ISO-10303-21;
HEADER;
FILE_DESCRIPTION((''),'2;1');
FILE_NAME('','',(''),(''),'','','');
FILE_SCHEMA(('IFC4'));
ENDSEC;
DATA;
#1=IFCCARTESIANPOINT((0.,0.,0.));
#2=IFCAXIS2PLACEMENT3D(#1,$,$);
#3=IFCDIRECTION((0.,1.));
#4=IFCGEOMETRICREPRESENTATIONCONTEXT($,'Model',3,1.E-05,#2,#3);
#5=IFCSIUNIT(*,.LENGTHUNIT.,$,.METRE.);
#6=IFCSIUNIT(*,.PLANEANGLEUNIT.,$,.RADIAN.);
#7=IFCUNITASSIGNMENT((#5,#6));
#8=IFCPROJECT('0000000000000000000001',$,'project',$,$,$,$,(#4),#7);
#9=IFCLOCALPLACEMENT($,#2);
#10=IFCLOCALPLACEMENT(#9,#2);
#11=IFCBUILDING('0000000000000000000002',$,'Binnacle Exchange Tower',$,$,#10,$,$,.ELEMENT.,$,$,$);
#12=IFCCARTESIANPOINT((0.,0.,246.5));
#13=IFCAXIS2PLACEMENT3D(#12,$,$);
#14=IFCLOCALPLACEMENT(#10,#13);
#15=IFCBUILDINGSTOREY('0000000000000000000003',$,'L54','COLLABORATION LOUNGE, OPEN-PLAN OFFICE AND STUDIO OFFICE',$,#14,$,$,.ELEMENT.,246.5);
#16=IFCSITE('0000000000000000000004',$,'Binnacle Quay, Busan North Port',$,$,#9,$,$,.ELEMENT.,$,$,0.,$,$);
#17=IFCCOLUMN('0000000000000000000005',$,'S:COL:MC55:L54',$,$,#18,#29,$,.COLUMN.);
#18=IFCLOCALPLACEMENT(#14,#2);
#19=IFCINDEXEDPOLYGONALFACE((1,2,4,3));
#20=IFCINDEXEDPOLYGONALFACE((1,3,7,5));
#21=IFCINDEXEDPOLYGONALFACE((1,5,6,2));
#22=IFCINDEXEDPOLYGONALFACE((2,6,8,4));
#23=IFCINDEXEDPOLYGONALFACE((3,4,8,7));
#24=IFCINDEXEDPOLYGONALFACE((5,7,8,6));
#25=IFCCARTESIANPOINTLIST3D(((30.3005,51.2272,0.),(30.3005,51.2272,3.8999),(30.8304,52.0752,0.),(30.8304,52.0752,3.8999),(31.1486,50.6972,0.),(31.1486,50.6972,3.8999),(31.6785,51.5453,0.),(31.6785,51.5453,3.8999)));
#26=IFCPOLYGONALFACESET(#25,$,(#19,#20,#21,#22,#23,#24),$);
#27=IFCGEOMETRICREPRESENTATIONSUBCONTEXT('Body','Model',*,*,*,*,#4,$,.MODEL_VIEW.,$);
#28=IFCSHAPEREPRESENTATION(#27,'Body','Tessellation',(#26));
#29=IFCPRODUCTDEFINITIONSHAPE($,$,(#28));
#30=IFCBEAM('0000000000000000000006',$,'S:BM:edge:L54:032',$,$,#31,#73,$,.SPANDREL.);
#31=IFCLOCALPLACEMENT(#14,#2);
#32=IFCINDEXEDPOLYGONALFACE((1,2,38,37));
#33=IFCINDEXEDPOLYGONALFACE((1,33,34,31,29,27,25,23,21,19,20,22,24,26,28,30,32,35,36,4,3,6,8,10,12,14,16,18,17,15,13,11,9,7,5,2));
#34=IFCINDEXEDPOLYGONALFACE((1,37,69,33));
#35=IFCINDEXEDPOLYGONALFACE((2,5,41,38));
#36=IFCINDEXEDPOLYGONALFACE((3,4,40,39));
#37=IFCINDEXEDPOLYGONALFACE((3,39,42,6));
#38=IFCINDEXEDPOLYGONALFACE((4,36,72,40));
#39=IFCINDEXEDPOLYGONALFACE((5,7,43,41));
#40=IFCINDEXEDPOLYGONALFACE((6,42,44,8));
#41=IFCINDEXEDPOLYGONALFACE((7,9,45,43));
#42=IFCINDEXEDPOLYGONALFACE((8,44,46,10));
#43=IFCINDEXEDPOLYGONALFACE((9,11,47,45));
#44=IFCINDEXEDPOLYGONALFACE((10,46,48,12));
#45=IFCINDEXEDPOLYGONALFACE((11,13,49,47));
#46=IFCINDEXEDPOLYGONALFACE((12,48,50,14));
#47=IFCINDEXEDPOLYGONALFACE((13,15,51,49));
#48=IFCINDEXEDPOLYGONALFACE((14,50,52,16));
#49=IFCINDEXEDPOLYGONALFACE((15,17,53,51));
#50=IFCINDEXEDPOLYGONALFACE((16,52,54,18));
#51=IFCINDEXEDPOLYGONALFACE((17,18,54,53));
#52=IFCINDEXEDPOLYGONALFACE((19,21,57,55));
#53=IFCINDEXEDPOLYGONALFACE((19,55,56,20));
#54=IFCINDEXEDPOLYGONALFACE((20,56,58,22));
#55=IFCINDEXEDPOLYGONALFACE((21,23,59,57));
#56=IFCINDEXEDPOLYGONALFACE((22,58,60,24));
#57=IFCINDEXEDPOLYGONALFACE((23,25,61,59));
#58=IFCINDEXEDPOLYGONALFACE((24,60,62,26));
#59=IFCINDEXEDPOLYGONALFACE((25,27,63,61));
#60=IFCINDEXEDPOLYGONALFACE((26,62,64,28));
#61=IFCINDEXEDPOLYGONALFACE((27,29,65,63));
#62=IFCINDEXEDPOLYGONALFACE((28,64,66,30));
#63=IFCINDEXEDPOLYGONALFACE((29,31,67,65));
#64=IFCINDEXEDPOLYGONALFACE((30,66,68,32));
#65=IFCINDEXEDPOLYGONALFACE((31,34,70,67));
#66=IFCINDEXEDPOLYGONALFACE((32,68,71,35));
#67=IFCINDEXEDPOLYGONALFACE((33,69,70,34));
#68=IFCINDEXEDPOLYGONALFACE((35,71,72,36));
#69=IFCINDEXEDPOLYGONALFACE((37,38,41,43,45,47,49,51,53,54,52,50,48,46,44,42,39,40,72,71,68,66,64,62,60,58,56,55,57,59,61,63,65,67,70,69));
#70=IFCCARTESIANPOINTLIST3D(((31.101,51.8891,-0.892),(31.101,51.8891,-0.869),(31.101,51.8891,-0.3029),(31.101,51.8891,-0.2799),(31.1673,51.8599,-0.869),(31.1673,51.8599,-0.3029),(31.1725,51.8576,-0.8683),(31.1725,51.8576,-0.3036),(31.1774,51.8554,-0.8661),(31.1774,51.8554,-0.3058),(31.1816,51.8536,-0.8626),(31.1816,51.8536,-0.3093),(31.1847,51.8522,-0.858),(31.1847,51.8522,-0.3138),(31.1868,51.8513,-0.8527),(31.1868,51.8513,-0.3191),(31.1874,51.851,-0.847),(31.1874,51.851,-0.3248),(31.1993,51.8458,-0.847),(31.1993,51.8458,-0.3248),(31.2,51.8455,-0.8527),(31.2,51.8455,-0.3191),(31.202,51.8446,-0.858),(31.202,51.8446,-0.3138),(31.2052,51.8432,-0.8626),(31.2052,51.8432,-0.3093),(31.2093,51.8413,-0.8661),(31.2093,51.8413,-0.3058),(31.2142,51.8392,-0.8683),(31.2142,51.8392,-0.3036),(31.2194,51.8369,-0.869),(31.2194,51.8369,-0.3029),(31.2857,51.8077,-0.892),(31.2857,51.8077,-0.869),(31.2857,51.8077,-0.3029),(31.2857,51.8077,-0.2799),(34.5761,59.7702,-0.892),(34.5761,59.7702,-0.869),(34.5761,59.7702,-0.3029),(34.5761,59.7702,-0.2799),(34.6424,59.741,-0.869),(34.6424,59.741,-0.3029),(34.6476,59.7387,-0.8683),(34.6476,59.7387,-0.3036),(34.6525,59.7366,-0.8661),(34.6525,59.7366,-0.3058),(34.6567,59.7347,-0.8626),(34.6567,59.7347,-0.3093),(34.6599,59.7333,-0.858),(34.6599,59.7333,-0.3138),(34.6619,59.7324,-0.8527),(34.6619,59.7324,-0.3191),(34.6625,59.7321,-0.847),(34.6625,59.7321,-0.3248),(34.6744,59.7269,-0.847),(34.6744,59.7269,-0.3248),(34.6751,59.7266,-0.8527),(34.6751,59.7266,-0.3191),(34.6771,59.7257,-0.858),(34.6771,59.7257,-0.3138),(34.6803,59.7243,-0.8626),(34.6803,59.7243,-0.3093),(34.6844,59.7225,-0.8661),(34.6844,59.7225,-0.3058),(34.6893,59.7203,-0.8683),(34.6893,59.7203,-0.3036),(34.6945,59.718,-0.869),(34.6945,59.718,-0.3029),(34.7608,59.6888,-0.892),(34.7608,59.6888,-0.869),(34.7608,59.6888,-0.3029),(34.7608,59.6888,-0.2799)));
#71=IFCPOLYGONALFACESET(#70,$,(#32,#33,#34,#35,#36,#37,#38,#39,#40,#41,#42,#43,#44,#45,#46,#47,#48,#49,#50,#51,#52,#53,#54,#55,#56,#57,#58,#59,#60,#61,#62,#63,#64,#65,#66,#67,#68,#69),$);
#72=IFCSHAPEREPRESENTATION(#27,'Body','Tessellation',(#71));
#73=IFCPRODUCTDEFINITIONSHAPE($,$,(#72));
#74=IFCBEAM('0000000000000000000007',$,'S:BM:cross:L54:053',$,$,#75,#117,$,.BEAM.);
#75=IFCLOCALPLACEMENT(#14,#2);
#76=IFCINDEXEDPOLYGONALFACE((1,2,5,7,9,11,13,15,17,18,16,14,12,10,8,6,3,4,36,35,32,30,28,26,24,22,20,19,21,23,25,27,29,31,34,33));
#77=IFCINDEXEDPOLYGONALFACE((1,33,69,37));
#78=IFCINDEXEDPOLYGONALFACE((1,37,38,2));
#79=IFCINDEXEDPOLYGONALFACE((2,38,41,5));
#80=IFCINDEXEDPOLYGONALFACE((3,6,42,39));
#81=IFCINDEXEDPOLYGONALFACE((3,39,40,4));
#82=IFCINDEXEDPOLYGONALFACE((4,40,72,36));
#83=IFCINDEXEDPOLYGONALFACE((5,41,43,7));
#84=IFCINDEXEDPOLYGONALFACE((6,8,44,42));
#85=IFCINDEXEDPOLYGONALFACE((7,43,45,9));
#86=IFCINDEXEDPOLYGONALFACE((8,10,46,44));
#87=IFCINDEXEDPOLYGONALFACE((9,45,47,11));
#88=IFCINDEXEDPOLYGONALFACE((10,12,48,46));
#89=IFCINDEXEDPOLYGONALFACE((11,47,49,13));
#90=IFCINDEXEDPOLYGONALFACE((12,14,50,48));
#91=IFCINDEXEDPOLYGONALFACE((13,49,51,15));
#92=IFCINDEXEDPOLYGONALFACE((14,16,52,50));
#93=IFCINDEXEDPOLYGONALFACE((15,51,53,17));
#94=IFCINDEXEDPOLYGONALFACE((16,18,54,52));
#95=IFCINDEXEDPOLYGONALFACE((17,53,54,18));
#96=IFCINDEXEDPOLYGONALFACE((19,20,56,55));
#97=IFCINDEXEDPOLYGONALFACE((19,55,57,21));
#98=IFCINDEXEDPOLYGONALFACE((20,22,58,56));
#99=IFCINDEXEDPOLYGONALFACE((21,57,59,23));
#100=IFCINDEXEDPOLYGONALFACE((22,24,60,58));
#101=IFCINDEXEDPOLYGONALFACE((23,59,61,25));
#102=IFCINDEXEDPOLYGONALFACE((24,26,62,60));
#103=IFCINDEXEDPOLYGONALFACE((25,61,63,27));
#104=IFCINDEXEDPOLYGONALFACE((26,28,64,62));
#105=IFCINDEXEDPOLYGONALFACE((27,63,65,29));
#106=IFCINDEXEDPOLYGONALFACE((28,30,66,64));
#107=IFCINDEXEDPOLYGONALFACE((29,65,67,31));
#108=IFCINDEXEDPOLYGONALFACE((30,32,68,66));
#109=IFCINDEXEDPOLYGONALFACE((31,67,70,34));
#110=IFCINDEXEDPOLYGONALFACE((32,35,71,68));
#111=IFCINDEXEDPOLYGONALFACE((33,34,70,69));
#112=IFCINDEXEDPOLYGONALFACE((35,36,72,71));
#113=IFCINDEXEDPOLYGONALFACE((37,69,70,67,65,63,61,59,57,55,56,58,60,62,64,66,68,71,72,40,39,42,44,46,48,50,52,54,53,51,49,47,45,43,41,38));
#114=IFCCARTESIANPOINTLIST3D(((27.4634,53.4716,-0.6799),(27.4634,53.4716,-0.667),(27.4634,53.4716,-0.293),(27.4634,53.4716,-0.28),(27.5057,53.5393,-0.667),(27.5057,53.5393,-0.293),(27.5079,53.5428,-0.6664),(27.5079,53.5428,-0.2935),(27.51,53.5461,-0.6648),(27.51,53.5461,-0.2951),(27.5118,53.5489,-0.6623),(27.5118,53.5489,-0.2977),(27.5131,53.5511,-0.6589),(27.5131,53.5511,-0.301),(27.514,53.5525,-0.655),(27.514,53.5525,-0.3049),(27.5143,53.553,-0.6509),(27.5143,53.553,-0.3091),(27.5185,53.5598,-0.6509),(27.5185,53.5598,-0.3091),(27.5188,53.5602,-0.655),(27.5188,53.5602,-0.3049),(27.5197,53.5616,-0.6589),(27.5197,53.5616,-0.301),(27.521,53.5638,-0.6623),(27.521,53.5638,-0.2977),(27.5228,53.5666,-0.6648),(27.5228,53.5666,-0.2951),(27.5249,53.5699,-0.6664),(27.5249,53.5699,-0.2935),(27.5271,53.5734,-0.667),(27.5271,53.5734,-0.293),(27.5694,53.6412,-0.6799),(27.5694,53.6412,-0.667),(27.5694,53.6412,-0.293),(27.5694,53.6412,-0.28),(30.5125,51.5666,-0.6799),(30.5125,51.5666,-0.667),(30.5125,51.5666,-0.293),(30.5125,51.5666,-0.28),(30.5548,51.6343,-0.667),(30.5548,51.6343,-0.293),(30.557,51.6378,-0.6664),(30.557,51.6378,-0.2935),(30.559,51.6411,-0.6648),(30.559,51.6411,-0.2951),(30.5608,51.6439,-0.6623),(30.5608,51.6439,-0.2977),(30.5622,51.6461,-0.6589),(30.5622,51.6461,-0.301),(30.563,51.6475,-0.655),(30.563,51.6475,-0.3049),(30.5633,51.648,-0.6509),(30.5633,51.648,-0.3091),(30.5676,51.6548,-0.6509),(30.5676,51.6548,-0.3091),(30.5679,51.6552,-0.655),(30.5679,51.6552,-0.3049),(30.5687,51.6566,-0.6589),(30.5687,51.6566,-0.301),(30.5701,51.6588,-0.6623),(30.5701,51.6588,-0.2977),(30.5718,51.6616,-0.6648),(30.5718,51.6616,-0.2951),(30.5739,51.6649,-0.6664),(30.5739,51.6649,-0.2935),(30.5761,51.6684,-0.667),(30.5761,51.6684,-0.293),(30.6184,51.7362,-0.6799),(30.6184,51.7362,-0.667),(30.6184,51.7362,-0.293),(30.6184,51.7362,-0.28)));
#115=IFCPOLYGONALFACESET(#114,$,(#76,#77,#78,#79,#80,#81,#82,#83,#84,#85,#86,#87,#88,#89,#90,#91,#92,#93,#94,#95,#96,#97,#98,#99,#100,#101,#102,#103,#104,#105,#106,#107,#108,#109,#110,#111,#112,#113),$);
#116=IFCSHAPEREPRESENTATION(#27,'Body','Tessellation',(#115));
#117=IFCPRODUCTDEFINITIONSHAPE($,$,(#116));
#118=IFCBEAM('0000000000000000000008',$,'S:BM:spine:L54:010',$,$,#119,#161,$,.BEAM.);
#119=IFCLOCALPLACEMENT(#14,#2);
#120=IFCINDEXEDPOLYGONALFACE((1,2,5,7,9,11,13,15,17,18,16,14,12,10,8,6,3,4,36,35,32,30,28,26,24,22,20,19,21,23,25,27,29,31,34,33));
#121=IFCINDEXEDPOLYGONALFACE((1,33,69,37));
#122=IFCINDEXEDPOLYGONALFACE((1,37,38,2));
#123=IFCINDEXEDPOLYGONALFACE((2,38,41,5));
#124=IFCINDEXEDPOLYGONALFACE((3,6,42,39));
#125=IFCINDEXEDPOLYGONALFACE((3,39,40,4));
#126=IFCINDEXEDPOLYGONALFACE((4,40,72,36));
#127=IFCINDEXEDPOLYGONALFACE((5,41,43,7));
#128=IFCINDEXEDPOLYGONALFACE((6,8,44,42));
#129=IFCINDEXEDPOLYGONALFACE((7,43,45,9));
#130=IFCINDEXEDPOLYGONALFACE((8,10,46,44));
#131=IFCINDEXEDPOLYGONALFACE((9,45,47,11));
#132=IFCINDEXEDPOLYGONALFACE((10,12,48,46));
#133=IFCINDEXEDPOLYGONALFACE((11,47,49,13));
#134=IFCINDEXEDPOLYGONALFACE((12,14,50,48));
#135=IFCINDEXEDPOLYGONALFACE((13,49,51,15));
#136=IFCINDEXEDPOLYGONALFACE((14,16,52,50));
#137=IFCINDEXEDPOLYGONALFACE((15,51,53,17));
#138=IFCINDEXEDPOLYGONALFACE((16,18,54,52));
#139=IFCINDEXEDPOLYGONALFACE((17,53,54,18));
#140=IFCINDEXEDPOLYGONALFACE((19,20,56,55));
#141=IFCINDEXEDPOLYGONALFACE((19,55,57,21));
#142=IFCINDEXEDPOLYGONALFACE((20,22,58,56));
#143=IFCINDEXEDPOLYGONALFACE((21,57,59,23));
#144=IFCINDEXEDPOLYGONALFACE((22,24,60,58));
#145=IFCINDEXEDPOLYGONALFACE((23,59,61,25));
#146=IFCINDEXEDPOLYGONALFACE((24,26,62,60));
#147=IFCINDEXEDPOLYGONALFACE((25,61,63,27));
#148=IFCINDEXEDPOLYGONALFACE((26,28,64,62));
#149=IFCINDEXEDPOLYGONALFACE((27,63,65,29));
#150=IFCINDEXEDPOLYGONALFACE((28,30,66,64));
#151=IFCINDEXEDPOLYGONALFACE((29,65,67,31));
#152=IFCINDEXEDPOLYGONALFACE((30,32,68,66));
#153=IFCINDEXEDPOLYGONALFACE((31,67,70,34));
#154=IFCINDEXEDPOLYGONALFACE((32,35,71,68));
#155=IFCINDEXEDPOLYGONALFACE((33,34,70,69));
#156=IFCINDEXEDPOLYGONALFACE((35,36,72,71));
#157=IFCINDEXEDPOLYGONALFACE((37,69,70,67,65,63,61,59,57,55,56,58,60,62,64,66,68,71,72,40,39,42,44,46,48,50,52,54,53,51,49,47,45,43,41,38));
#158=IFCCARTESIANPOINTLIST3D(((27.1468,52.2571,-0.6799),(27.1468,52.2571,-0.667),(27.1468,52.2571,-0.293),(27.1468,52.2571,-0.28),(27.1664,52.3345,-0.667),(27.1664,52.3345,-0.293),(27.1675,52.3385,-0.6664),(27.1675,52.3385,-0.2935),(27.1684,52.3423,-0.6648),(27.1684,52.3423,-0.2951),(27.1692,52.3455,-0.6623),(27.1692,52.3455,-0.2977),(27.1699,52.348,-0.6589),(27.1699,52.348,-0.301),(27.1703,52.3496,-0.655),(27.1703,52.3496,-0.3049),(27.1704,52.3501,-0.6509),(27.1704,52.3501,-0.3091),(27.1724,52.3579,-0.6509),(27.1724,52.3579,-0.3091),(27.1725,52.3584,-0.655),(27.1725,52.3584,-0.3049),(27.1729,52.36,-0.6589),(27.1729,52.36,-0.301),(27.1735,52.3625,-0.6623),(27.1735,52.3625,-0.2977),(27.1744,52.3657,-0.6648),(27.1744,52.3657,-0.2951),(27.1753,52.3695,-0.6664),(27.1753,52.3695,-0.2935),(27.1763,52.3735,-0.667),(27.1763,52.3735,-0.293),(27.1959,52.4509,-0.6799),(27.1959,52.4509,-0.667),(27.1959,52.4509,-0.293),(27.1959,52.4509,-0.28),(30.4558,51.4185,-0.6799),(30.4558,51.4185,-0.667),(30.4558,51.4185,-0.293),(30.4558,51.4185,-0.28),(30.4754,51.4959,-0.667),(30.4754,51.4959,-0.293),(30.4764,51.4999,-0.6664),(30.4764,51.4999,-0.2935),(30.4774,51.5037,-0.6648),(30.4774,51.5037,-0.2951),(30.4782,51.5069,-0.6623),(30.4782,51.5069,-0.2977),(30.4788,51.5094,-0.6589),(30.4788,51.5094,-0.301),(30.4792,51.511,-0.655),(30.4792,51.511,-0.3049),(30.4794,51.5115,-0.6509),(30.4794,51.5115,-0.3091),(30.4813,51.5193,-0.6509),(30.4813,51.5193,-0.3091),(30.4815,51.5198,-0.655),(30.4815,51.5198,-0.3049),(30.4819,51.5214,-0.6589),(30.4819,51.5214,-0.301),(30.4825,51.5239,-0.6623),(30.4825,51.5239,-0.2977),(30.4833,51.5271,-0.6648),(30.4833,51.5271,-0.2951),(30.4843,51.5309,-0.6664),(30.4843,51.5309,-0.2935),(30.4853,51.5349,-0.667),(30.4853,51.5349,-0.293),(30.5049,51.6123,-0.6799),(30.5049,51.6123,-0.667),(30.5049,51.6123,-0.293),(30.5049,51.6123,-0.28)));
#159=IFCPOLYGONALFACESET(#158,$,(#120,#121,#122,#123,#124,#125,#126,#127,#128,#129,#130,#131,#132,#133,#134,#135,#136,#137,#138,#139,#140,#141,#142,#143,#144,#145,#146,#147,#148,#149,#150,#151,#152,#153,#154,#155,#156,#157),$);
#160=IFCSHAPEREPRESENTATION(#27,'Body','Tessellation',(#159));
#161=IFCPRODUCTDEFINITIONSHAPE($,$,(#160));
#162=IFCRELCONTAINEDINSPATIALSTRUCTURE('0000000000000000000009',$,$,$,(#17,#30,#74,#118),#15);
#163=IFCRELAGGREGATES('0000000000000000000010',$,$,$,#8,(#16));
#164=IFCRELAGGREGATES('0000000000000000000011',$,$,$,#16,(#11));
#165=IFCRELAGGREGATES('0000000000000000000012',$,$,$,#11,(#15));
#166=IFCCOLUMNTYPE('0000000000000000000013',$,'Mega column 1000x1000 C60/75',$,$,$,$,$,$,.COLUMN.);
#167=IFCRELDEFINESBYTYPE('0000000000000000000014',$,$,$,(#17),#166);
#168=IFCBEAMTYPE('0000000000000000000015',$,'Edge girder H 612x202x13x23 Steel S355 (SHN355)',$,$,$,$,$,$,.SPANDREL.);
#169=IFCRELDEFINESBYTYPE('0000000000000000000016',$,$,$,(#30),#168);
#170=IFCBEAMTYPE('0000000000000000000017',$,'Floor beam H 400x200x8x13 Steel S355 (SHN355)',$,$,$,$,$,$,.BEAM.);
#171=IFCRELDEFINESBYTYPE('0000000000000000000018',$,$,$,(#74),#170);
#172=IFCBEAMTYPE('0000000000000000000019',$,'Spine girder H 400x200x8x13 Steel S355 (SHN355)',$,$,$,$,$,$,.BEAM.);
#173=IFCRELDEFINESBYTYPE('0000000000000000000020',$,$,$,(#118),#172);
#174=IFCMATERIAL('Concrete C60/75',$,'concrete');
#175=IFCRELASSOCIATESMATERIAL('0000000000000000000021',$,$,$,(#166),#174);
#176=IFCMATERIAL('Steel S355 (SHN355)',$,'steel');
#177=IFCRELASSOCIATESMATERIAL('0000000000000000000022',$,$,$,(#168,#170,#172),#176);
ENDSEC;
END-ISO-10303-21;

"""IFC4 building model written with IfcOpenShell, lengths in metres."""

from ifc_helpers import new_model, si_unit, direction, frame, origin, origin_2d, place, context, subcontext, project, spatial, rectangle, i_section, extrude, material, material_profile, profile_set, type_object, element, save


model = new_model("IFC4")

# Units and contexts
model_context = context("Model", 3, precision=1e-05, world=origin(), true_north=direction((0.0, 1.0)))
body_context = subcontext(model_context, "Body", "Model", "MODEL_VIEW")
ifc_project = project(units=[si_unit("LENGTHUNIT", "METRE"), si_unit("PLANEANGLEUNIT", "RADIAN")], contexts=[model_context])

# Site, building, storey
site_placement = place(None, origin())
site = spatial("IfcSite", under=ifc_project, at=site_placement, Name="Binnacle Quay, Busan North Port", CompositionType="ELEMENT", RefElevation=0.0)
building_placement = place(site_placement, origin())
building = spatial("IfcBuilding", under=site, at=building_placement, Name="Binnacle Exchange Tower", CompositionType="ELEMENT")
storey_placement = place(building_placement, frame((0.0, 0.0, 246.5)))
storey = spatial("IfcBuildingStorey", under=building, at=storey_placement, Name="L54", Description="COLLABORATION LOUNGE, OPEN-PLAN OFFICE AND STUDIO OFFICE", CompositionType="ELEMENT", Elevation=246.5)

# Column
ifc_material_1 = material(Name="Concrete C60/75", Category="concrete")
ifc_material_profile_1 = material_profile(ifc_material_1, rectangle(XDim=1.0, YDim=1.0, at=origin_2d()), Name="Mega column 1000x1000 C60/75")
ifc_profile_set_1 = profile_set([ifc_material_profile_1], Name="Concrete C60/75")
column_type = type_object("IfcColumnType", Name="Mega column 1000x1000 C60/75", PredefinedType="COLUMN", material=ifc_profile_set_1)
column_placement = place(storey_placement, frame((30.9895, 51.3862, 0.0), z_axis=(0.0, 0.0, 1.0), x_axis=(0.529919, 0.848048, 0.0)))
element("IfcColumn", 1, at=column_placement, inside=storey, type_object=column_type, Name="S:COL:MC55:L54", PredefinedType="COLUMN", context=body_context, shape_type="SweptSolid", body=[
    extrude(rectangle(XDim=1.0, YDim=1.0, at=origin_2d()), origin(), (0.0, 0.0, 1.0), 3.8999),
])

# Beams
ifc_material_2 = material(Name="Steel S355 (SHN355)", Category="steel")
ifc_material_profile_2 = material_profile(ifc_material_2, i_section(OverallWidth=0.2019, OverallDepth=0.6121, WebThickness=0.0129, FlangeThickness=0.0229, FilletRadius=0.022, at=origin_2d()), Name="H 612x202x13x23")
ifc_profile_set_2 = profile_set([ifc_material_profile_2], Name="Steel S355 (SHN355)")
beam_type_1 = type_object("IfcBeamType", Name="Edge girder H 612x202x13x23 Steel S355 (SHN355)", PredefinedType="SPANDREL", material=ifc_profile_set_2)
beam_1_placement = place(storey_placement, frame((31.1934, 51.8484, -0.5859), z_axis=(0.403459, 0.914998, 0.0), x_axis=(-0.914998, 0.403459, 0.0)))
element("IfcBeam", 2, at=beam_1_placement, inside=storey, type_object=beam_type_1, Name="S:BM:edge:L54:032", PredefinedType="SPANDREL", context=body_context, shape_type="SweptSolid", body=[
    extrude(i_section(OverallWidth=0.2019, OverallDepth=0.6121, WebThickness=0.0129, FlangeThickness=0.0229, FilletRadius=0.022, at=origin_2d()), origin(), (0.0, 0.0, 1.0), 8.6133),
])
ifc_material_profile_3 = material_profile(ifc_material_2, i_section(OverallWidth=0.2, OverallDepth=0.3999, WebThickness=0.0081, FlangeThickness=0.0129, FilletRadius=0.0161, at=origin_2d()), Name="H 400x200x8x13")
ifc_profile_set_3 = profile_set([ifc_material_profile_3], Name="Steel S355 (SHN355)")
beam_type_2 = type_object("IfcBeamType", Name="Floor beam H 400x200x8x13 Steel S355 (SHN355)", PredefinedType="BEAM", material=ifc_profile_set_3)
beam_2_placement = place(storey_placement, frame((30.5654, 51.6514, -0.48), z_axis=(-0.848078, 0.529871, 0.0), x_axis=(-0.529871, -0.848078, 0.0)))
element("IfcBeam", 3, at=beam_2_placement, inside=storey, type_object=beam_type_2, Name="S:BM:cross:L54:053", PredefinedType="BEAM", context=body_context, shape_type="SweptSolid", body=[
    extrude(i_section(OverallWidth=0.2, OverallDepth=0.3999, WebThickness=0.0081, FlangeThickness=0.0129, FilletRadius=0.0161, at=origin_2d()), origin(), (0.0, 0.0, 1.0), 3.5952),
])
ifc_material_profile_4 = material_profile(ifc_material_2, i_section(OverallWidth=0.2, OverallDepth=0.3999, WebThickness=0.0081, FlangeThickness=0.0129, FilletRadius=0.0161, at=origin_2d()), Name="H 400x200x8x13")
ifc_profile_set_4 = profile_set([ifc_material_profile_4], Name="Steel S355 (SHN355)")
beam_type_3 = type_object("IfcBeamType", Name="Spine girder H 400x200x8x13 Steel S355 (SHN355)", PredefinedType="BEAM", material=ifc_profile_set_4)
beam_3_placement = place(storey_placement, frame((27.1714, 52.354, -0.48), z_axis=(0.969355, -0.245664, 0.0), x_axis=(0.245664, 0.969355, 0.0)))
element("IfcBeam", 4, at=beam_3_placement, inside=storey, type_object=beam_type_3, Name="S:BM:spine:L54:010", PredefinedType="BEAM", context=body_context, shape_type="SweptSolid", body=[
    extrude(i_section(OverallWidth=0.2, OverallDepth=0.3999, WebThickness=0.0081, FlangeThickness=0.0129, FilletRadius=0.0161, at=origin_2d()), origin(), (0.0, 0.0, 1.0), 3.4136),
])

save(model, "model.ifc")
